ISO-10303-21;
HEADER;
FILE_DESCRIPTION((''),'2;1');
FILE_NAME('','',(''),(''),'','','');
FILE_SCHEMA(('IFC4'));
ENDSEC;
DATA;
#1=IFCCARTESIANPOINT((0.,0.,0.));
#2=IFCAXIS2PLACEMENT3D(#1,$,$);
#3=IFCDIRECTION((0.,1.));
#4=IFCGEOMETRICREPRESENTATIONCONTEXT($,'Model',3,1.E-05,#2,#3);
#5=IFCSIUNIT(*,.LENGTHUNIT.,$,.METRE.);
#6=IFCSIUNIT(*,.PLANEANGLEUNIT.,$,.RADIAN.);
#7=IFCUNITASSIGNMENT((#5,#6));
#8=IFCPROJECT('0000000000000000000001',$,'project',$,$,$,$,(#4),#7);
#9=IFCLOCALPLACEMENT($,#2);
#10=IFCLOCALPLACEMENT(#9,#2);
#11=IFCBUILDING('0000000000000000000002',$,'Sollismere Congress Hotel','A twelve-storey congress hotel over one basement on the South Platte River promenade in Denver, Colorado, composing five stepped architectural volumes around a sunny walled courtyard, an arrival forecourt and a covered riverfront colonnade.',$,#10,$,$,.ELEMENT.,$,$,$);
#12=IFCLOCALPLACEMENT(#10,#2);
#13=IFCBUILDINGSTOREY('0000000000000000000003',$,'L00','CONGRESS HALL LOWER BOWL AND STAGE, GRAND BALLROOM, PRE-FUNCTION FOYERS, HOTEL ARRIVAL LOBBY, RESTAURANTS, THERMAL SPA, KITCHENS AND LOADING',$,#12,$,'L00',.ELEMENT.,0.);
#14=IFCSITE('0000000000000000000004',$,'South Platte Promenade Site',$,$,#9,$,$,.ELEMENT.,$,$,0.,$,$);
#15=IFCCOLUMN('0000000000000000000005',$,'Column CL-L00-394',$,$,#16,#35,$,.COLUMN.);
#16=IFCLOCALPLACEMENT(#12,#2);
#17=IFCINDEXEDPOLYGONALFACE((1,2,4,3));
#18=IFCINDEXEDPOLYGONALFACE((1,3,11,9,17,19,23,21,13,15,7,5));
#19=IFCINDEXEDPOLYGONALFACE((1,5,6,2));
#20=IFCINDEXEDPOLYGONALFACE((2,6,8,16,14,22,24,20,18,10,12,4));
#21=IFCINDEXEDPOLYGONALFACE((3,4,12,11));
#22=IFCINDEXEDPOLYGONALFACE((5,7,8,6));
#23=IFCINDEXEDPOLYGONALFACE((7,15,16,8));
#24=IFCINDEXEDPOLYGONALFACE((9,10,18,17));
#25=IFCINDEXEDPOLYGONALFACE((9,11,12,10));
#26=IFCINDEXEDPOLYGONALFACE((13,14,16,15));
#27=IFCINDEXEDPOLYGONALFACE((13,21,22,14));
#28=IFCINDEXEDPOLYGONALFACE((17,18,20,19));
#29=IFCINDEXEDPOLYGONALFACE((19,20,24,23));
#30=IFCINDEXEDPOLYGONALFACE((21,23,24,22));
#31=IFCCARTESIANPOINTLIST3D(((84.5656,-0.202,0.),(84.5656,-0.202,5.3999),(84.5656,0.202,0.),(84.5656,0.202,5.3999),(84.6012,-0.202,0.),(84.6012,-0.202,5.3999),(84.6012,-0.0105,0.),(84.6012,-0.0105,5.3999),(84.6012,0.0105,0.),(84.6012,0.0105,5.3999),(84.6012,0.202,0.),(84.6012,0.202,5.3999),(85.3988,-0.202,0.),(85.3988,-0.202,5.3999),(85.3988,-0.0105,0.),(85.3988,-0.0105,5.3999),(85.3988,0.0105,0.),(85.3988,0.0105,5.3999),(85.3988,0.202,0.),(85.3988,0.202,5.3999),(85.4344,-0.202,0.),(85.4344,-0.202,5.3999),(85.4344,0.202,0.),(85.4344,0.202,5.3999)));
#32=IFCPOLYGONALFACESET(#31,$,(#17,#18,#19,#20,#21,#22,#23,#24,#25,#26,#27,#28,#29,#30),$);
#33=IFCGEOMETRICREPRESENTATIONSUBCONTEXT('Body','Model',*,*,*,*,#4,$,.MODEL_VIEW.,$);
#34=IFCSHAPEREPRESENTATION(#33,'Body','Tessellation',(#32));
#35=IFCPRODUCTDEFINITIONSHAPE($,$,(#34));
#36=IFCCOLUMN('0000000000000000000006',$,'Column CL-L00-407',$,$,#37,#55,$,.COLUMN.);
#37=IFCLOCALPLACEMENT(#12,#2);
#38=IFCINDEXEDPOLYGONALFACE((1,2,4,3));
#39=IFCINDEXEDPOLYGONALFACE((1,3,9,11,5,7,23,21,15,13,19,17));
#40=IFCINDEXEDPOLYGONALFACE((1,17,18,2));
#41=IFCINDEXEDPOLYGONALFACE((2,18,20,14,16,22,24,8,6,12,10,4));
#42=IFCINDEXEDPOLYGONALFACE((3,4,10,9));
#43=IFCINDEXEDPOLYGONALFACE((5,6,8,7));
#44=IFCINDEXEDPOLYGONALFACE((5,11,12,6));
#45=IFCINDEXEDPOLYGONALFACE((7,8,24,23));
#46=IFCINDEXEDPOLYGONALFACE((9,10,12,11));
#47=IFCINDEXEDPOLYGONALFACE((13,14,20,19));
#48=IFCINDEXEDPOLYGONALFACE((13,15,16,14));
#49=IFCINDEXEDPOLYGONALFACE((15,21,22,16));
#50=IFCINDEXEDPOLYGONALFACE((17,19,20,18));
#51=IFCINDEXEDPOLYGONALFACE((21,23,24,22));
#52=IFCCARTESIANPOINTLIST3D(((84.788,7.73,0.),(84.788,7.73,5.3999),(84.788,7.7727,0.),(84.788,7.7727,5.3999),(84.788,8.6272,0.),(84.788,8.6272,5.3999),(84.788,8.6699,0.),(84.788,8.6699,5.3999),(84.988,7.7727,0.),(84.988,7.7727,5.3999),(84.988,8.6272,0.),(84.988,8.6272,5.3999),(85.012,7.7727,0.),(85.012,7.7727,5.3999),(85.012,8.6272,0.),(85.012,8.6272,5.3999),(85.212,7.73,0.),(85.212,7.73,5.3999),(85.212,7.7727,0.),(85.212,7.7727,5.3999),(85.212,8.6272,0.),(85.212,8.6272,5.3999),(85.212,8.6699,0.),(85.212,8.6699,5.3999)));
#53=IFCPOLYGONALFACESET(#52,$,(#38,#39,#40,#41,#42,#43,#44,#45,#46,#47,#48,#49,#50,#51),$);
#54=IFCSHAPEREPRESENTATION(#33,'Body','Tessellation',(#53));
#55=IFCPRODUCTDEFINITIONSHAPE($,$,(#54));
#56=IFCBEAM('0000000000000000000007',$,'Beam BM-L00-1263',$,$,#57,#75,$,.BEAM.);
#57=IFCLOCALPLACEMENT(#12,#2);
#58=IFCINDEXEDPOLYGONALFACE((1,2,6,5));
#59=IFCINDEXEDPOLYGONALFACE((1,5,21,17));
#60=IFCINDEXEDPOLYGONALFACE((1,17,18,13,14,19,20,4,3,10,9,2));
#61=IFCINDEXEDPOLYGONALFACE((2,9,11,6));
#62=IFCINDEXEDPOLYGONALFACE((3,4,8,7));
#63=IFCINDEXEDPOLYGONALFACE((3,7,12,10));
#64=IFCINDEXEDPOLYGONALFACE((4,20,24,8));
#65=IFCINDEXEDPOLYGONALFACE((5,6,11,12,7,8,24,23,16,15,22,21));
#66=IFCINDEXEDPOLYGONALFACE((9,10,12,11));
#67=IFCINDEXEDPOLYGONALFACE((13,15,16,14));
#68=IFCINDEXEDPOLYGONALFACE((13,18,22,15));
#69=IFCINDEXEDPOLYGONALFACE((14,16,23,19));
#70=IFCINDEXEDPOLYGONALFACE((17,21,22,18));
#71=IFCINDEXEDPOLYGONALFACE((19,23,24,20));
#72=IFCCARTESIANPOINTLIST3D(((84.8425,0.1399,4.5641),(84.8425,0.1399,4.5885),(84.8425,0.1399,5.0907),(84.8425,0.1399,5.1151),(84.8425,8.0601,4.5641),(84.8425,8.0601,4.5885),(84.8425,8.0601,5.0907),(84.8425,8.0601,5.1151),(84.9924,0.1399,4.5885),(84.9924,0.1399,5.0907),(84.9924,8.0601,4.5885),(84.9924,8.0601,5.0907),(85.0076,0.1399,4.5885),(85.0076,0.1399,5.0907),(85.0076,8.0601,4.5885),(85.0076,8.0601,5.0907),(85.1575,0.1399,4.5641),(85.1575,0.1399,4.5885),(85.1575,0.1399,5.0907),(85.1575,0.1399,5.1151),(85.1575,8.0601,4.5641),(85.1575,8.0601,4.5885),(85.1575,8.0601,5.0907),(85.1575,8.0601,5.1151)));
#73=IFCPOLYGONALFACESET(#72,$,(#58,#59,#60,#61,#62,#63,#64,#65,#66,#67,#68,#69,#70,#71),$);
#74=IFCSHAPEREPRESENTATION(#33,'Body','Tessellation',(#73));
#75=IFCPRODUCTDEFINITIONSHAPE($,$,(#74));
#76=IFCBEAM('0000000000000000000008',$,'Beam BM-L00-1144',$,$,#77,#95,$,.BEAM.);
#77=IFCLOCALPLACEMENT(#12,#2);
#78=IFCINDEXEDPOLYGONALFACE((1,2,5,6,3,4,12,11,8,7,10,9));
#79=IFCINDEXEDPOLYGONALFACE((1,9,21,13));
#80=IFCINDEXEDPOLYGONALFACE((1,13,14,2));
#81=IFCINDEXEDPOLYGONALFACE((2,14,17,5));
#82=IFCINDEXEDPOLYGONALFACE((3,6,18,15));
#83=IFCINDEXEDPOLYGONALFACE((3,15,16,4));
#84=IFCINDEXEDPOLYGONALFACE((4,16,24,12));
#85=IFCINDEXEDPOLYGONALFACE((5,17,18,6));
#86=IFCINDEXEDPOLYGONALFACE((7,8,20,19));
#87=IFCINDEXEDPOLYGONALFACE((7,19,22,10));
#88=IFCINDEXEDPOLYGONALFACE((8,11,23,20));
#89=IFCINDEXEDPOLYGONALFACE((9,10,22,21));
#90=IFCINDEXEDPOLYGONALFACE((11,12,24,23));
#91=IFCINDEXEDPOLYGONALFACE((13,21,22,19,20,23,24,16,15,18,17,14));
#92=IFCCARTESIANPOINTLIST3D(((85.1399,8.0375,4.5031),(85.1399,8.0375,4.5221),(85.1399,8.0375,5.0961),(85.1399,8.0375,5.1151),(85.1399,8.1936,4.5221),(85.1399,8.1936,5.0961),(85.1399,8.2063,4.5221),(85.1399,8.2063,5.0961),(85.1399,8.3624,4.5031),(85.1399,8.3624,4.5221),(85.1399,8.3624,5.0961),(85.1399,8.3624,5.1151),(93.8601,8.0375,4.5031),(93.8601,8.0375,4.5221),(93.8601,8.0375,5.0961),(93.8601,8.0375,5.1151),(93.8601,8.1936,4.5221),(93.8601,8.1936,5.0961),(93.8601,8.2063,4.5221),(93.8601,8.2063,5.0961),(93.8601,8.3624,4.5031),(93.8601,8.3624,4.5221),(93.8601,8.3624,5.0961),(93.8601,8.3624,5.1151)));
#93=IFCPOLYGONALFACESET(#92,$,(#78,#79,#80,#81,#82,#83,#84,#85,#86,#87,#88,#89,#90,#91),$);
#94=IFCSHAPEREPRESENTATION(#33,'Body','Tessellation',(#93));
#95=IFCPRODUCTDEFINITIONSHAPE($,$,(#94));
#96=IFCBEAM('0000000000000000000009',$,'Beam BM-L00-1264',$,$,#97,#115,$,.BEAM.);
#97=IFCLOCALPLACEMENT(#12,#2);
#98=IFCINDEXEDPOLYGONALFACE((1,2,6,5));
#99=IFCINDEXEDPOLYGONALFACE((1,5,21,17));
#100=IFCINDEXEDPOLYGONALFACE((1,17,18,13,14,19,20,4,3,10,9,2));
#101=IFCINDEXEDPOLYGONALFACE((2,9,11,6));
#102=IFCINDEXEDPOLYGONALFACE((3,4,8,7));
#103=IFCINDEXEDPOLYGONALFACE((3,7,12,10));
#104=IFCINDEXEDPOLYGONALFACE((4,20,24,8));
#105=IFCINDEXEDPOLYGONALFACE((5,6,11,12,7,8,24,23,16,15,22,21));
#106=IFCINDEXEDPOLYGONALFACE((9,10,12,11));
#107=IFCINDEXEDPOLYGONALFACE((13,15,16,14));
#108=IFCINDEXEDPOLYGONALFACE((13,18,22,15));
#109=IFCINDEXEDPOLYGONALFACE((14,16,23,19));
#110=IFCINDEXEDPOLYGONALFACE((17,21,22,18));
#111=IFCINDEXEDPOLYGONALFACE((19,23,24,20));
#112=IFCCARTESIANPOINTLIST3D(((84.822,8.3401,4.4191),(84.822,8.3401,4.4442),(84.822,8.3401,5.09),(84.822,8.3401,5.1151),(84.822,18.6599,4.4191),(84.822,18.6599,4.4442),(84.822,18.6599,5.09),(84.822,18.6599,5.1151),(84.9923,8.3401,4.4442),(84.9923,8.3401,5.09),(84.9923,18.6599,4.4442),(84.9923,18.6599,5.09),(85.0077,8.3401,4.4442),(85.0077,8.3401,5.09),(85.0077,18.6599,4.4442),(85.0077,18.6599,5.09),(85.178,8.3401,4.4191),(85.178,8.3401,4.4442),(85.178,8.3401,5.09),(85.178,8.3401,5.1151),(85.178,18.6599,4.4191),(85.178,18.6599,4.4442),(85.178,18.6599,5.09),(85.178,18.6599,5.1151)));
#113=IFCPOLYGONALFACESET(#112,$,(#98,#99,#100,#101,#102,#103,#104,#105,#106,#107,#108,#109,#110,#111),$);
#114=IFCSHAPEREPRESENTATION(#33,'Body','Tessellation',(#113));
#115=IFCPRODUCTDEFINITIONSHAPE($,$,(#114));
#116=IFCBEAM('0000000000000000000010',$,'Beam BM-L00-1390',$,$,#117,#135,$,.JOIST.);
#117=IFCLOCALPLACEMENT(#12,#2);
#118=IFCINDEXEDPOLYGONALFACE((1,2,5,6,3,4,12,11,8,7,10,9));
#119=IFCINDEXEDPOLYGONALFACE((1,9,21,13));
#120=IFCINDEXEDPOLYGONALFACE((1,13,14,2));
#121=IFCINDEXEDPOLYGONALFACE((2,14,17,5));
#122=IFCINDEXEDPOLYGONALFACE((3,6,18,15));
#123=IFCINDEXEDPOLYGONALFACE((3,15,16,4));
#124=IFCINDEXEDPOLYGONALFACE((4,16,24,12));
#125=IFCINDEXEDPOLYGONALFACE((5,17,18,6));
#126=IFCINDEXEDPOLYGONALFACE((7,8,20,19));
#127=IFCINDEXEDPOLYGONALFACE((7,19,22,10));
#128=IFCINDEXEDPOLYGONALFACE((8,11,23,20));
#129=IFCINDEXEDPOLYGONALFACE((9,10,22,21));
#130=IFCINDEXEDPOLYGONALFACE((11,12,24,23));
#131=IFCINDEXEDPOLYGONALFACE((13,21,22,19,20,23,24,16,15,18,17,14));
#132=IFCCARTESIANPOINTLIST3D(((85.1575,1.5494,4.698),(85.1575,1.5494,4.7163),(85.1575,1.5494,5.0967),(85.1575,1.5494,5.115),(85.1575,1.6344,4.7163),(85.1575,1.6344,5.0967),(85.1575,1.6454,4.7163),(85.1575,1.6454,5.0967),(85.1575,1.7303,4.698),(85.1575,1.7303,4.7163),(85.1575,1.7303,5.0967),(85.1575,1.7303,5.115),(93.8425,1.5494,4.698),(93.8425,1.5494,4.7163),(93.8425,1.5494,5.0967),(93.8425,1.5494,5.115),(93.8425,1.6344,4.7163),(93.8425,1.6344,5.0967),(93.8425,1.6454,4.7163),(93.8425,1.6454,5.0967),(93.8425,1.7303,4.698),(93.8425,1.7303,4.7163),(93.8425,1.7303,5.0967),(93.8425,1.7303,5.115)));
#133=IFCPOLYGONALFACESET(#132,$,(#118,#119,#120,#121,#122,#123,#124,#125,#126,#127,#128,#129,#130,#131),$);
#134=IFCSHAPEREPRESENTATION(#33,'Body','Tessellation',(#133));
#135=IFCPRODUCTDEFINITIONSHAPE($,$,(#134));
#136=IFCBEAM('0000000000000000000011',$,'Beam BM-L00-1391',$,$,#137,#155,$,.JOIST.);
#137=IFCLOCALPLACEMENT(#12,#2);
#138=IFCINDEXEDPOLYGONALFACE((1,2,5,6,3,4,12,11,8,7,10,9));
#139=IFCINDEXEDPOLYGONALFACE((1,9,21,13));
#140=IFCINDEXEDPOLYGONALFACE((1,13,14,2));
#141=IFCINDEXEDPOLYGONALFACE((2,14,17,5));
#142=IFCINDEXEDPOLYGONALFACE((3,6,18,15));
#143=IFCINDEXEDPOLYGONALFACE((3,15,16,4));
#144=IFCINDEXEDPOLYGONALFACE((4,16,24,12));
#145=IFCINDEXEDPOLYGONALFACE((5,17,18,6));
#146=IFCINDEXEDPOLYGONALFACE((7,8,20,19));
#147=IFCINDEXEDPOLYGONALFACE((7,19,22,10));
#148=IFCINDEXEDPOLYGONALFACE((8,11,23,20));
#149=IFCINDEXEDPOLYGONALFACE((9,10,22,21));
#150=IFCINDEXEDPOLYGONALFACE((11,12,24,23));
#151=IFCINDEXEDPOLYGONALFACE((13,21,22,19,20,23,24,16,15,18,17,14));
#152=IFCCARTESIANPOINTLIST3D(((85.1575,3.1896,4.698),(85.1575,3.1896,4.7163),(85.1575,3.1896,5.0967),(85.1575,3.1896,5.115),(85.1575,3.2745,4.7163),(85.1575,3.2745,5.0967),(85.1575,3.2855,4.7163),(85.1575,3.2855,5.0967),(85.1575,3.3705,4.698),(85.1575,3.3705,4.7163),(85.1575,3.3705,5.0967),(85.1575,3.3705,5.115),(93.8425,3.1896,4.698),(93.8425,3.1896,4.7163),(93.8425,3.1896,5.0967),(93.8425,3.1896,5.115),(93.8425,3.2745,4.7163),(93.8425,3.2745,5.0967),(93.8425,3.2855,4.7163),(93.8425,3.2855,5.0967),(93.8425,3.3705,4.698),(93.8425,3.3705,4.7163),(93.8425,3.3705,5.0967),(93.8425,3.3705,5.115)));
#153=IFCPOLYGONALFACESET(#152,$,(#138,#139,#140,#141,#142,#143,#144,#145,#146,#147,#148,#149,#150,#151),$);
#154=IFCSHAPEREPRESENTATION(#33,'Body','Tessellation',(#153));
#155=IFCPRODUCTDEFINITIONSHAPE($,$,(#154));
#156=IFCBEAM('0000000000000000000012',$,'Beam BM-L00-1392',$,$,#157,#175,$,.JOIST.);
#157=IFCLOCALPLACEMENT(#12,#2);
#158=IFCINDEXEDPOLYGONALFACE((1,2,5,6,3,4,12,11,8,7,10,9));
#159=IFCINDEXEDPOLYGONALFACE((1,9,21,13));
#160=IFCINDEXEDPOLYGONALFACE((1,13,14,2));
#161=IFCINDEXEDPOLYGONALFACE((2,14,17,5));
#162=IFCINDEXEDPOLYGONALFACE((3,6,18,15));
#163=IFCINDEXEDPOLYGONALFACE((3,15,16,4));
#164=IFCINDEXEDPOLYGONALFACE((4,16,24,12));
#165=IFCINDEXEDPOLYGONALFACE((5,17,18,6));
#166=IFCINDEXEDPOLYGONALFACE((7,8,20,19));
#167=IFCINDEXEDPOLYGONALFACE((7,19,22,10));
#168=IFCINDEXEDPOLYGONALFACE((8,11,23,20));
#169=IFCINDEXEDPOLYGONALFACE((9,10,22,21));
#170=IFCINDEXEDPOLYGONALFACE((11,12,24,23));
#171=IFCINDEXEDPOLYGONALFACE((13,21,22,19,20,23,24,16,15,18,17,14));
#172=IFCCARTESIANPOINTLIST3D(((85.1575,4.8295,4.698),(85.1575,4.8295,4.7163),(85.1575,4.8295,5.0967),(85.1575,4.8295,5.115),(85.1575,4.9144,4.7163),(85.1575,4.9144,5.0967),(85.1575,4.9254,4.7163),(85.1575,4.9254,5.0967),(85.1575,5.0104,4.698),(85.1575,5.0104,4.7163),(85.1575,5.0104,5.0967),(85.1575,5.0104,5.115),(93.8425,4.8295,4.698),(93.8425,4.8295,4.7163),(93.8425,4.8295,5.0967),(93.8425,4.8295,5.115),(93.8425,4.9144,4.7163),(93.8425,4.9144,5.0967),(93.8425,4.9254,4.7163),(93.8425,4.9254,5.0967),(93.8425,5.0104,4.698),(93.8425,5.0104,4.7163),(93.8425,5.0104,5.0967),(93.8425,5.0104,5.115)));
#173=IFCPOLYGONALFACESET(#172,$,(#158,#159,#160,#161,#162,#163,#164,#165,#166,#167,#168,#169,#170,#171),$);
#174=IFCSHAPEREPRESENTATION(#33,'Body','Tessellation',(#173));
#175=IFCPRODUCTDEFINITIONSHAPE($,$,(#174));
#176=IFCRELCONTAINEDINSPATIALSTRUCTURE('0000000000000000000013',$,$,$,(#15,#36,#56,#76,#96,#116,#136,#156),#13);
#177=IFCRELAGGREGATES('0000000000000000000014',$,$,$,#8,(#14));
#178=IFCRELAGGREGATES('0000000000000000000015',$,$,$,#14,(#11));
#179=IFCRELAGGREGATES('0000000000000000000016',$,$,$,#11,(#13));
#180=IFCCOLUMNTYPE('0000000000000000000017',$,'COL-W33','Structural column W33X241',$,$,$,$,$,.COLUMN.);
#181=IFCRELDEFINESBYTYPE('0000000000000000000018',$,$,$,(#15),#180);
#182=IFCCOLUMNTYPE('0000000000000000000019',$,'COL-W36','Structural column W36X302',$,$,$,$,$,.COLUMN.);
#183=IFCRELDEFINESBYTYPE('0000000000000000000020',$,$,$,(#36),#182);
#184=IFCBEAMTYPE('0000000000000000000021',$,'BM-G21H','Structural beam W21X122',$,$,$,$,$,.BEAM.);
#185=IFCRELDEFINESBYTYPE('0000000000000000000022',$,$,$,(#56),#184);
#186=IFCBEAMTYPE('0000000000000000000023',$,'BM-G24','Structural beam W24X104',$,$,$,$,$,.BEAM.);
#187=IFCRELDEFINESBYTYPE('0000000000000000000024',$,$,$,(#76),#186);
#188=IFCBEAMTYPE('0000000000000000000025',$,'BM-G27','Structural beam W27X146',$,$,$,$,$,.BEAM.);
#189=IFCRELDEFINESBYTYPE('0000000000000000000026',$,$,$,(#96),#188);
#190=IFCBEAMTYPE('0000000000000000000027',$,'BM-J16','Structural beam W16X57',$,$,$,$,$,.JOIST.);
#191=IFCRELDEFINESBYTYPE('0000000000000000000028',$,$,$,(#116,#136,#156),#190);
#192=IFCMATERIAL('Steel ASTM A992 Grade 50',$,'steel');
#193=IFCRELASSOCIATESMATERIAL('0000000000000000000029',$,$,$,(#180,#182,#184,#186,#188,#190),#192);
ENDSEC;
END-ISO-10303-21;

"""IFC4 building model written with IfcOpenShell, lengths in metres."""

from ifc_helpers import new_model, si_unit, direction, frame, origin, origin_2d, place, context, subcontext, project, spatial, i_section, extrude, material, material_profile, profile_set, type_object, element, save


model = new_model("IFC4")

# Units and contexts
model_context = context("Model", 3, precision=1e-05, world=origin(), true_north=direction((0.0, 1.0)))
body_context = subcontext(model_context, "Body", "Model", "MODEL_VIEW")
ifc_project = project(units=[si_unit("LENGTHUNIT", "METRE"), si_unit("PLANEANGLEUNIT", "RADIAN")], contexts=[model_context])

# Site, building, storey
site_placement = place(None, origin())
site = spatial("IfcSite", under=ifc_project, at=site_placement, Name="South Platte Promenade Site", CompositionType="ELEMENT", RefElevation=0.0)
building_placement = place(site_placement, origin())
building = spatial("IfcBuilding", under=site, at=building_placement, Name="Sollismere Congress Hotel", Description="A twelve-storey congress hotel over one basement on the South Platte River promenade in Denver, Colorado, composing five stepped architectural volumes around a sunny walled courtyard, an arrival forecourt and a covered riverfront colonnade.", CompositionType="ELEMENT")
storey_placement = place(building_placement, origin())
storey = spatial("IfcBuildingStorey", under=building, at=storey_placement, Name="L00", Description="CONGRESS HALL LOWER BOWL AND STAGE, GRAND BALLROOM, PRE-FUNCTION FOYERS, HOTEL ARRIVAL LOBBY, RESTAURANTS, THERMAL SPA, KITCHENS AND LOADING", LongName="L00", CompositionType="ELEMENT", Elevation=0.0)

# Columns
ifc_material_1 = material(Name="Steel ASTM A992 Grade 50", Category="steel")
ifc_material_profile_1 = material_profile(ifc_material_1, i_section(OverallWidth=0.4041, OverallDepth=0.8689, WebThickness=0.021, FlangeThickness=0.0356, at=origin_2d()), Name="W33X241")
ifc_profile_set_1 = profile_set([ifc_material_profile_1], Name="Steel ASTM A992 Grade 50")
column_type_1 = type_object("IfcColumnType", Name="COL-W33", Description="Structural column W33X241", PredefinedType="COLUMN", material=ifc_profile_set_1)
column_1_placement = place(storey_placement, frame((85.0, 0.0, 0.0), z_axis=(0.0, 0.0, 1.0), x_axis=(0.0, 1.0, 0.0)))
element("IfcColumn", 1, at=column_1_placement, inside=storey, type_object=column_type_1, Name="Column CL-L00-394", PredefinedType="COLUMN", context=body_context, shape_type="SweptSolid", body=[
    extrude(i_section(OverallWidth=0.4041, OverallDepth=0.8689, WebThickness=0.021, FlangeThickness=0.0356, at=origin_2d()), origin(), (0.0, 0.0, 1.0), 5.3999),
])
ifc_material_profile_2 = material_profile(ifc_material_1, i_section(OverallWidth=0.4241, OverallDepth=0.9399, WebThickness=0.0239, FlangeThickness=0.0427, at=origin_2d()), Name="W36X302")
ifc_profile_set_2 = profile_set([ifc_material_profile_2], Name="Steel ASTM A992 Grade 50")
column_type_2 = type_object("IfcColumnType", Name="COL-W36", Description="Structural column W36X302", PredefinedType="COLUMN", material=ifc_profile_set_2)
column_2_placement = place(storey_placement, frame((85.0, 8.2, 0.0), z_axis=(0.0, 0.0, 1.0), x_axis=(1.0, 0.0, 0.0)))
element("IfcColumn", 2, at=column_2_placement, inside=storey, type_object=column_type_2, Name="Column CL-L00-407", PredefinedType="COLUMN", context=body_context, shape_type="SweptSolid", body=[
    extrude(i_section(OverallWidth=0.4241, OverallDepth=0.9399, WebThickness=0.0239, FlangeThickness=0.0427, at=origin_2d()), origin(), (0.0, 0.0, 1.0), 5.3999),
])

# Beams
ifc_material_profile_3 = material_profile(ifc_material_1, i_section(OverallWidth=0.3149, OverallDepth=0.551, WebThickness=0.0151, FlangeThickness=0.0244, at=origin_2d()), Name="W21X122")
ifc_profile_set_3 = profile_set([ifc_material_profile_3], Name="Steel ASTM A992 Grade 50")
beam_type_1 = type_object("IfcBeamType", Name="BM-G21H", Description="Structural beam W21X122", PredefinedType="BEAM", material=ifc_profile_set_3)
beam_1_placement = place(storey_placement, frame((85.0, 0.1399, 4.8396), z_axis=(0.0, 1.0, 0.0), x_axis=(-1.0, 0.0, 0.0)))
element("IfcBeam", 3, at=beam_1_placement, inside=storey, type_object=beam_type_1, Name="Beam BM-L00-1263", PredefinedType="BEAM", context=body_context, shape_type="SweptSolid", body=[
    extrude(i_section(OverallWidth=0.3149, OverallDepth=0.551, WebThickness=0.0151, FlangeThickness=0.0244, at=origin_2d()), origin(), (0.0, 0.0, 1.0), 7.9202),
])
ifc_material_profile_4 = material_profile(ifc_material_1, i_section(OverallWidth=0.325, OverallDepth=0.6121, WebThickness=0.0127, FlangeThickness=0.019, at=origin_2d()), Name="W24X104")
ifc_profile_set_4 = profile_set([ifc_material_profile_4], Name="Steel ASTM A992 Grade 50")
beam_type_2 = type_object("IfcBeamType", Name="BM-G24", Description="Structural beam W24X104", PredefinedType="BEAM", material=ifc_profile_set_4)
beam_2_placement = place(storey_placement, frame((85.1399, 8.2, 4.8091), z_axis=(1.0, 0.0, 0.0), x_axis=(0.0, 1.0, 0.0)))
element("IfcBeam", 4, at=beam_2_placement, inside=storey, type_object=beam_type_2, Name="Beam BM-L00-1144", PredefinedType="BEAM", context=body_context, shape_type="SweptSolid", body=[
    extrude(i_section(OverallWidth=0.325, OverallDepth=0.6121, WebThickness=0.0127, FlangeThickness=0.019, at=origin_2d()), origin(), (0.0, 0.0, 1.0), 8.7202),
])
ifc_material_profile_5 = material_profile(ifc_material_1, i_section(OverallWidth=0.356, OverallDepth=0.696, WebThickness=0.0154, FlangeThickness=0.0251, at=origin_2d()), Name="W27X146")
ifc_profile_set_5 = profile_set([ifc_material_profile_5], Name="Steel ASTM A992 Grade 50")
beam_type_3 = type_object("IfcBeamType", Name="BM-G27", Description="Structural beam W27X146", PredefinedType="BEAM", material=ifc_profile_set_5)
beam_3_placement = place(storey_placement, frame((85.0, 8.3401, 4.7671), z_axis=(0.0, 1.0, 0.0), x_axis=(-1.0, 0.0, 0.0)))
element("IfcBeam", 5, at=beam_3_placement, inside=storey, type_object=beam_type_3, Name="Beam BM-L00-1264", PredefinedType="BEAM", context=body_context, shape_type="SweptSolid", body=[
    extrude(i_section(OverallWidth=0.356, OverallDepth=0.696, WebThickness=0.0154, FlangeThickness=0.0251, at=origin_2d()), origin(), (0.0, 0.0, 1.0), 10.3198),
])
ifc_material_profile_6 = material_profile(ifc_material_1, i_section(OverallWidth=0.1809, OverallDepth=0.417, WebThickness=0.011, FlangeThickness=0.0183, at=origin_2d()), Name="W16X57")
ifc_profile_set_6 = profile_set([ifc_material_profile_6], Name="Steel ASTM A992 Grade 50")
beam_type_4 = type_object("IfcBeamType", Name="BM-J16", Description="Structural beam W16X57", PredefinedType="JOIST", material=ifc_profile_set_6)
for number, where, z_axis, x_axis, name in (
    (6, (85.1575, 1.6399, 4.9065), (1.0, 0.0, 0.0), (0.0, 1.0, 0.0), "Beam BM-L00-1390"),
    (7, (85.1575, 3.28, 4.9065), (1.0, 0.0, 0.0), (0.0, 1.0, 0.0), "Beam BM-L00-1391"),
    (8, (85.1575, 4.9199, 4.9065), (1.0, 0.0, 0.0), (0.0, 1.0, 0.0), "Beam BM-L00-1392"),
):
    element("IfcBeam", number, at=place(storey_placement, frame(where, z_axis=z_axis, x_axis=x_axis)), inside=storey, type_object=beam_type_4, Name=name, PredefinedType="JOIST", context=body_context, shape_type="SweptSolid", body=[
        extrude(i_section(OverallWidth=0.1809, OverallDepth=0.417, WebThickness=0.011, FlangeThickness=0.0183, at=origin_2d()), origin(), (0.0, 0.0, 1.0), 8.6851),
    ])

save(model, "model.ifc")
